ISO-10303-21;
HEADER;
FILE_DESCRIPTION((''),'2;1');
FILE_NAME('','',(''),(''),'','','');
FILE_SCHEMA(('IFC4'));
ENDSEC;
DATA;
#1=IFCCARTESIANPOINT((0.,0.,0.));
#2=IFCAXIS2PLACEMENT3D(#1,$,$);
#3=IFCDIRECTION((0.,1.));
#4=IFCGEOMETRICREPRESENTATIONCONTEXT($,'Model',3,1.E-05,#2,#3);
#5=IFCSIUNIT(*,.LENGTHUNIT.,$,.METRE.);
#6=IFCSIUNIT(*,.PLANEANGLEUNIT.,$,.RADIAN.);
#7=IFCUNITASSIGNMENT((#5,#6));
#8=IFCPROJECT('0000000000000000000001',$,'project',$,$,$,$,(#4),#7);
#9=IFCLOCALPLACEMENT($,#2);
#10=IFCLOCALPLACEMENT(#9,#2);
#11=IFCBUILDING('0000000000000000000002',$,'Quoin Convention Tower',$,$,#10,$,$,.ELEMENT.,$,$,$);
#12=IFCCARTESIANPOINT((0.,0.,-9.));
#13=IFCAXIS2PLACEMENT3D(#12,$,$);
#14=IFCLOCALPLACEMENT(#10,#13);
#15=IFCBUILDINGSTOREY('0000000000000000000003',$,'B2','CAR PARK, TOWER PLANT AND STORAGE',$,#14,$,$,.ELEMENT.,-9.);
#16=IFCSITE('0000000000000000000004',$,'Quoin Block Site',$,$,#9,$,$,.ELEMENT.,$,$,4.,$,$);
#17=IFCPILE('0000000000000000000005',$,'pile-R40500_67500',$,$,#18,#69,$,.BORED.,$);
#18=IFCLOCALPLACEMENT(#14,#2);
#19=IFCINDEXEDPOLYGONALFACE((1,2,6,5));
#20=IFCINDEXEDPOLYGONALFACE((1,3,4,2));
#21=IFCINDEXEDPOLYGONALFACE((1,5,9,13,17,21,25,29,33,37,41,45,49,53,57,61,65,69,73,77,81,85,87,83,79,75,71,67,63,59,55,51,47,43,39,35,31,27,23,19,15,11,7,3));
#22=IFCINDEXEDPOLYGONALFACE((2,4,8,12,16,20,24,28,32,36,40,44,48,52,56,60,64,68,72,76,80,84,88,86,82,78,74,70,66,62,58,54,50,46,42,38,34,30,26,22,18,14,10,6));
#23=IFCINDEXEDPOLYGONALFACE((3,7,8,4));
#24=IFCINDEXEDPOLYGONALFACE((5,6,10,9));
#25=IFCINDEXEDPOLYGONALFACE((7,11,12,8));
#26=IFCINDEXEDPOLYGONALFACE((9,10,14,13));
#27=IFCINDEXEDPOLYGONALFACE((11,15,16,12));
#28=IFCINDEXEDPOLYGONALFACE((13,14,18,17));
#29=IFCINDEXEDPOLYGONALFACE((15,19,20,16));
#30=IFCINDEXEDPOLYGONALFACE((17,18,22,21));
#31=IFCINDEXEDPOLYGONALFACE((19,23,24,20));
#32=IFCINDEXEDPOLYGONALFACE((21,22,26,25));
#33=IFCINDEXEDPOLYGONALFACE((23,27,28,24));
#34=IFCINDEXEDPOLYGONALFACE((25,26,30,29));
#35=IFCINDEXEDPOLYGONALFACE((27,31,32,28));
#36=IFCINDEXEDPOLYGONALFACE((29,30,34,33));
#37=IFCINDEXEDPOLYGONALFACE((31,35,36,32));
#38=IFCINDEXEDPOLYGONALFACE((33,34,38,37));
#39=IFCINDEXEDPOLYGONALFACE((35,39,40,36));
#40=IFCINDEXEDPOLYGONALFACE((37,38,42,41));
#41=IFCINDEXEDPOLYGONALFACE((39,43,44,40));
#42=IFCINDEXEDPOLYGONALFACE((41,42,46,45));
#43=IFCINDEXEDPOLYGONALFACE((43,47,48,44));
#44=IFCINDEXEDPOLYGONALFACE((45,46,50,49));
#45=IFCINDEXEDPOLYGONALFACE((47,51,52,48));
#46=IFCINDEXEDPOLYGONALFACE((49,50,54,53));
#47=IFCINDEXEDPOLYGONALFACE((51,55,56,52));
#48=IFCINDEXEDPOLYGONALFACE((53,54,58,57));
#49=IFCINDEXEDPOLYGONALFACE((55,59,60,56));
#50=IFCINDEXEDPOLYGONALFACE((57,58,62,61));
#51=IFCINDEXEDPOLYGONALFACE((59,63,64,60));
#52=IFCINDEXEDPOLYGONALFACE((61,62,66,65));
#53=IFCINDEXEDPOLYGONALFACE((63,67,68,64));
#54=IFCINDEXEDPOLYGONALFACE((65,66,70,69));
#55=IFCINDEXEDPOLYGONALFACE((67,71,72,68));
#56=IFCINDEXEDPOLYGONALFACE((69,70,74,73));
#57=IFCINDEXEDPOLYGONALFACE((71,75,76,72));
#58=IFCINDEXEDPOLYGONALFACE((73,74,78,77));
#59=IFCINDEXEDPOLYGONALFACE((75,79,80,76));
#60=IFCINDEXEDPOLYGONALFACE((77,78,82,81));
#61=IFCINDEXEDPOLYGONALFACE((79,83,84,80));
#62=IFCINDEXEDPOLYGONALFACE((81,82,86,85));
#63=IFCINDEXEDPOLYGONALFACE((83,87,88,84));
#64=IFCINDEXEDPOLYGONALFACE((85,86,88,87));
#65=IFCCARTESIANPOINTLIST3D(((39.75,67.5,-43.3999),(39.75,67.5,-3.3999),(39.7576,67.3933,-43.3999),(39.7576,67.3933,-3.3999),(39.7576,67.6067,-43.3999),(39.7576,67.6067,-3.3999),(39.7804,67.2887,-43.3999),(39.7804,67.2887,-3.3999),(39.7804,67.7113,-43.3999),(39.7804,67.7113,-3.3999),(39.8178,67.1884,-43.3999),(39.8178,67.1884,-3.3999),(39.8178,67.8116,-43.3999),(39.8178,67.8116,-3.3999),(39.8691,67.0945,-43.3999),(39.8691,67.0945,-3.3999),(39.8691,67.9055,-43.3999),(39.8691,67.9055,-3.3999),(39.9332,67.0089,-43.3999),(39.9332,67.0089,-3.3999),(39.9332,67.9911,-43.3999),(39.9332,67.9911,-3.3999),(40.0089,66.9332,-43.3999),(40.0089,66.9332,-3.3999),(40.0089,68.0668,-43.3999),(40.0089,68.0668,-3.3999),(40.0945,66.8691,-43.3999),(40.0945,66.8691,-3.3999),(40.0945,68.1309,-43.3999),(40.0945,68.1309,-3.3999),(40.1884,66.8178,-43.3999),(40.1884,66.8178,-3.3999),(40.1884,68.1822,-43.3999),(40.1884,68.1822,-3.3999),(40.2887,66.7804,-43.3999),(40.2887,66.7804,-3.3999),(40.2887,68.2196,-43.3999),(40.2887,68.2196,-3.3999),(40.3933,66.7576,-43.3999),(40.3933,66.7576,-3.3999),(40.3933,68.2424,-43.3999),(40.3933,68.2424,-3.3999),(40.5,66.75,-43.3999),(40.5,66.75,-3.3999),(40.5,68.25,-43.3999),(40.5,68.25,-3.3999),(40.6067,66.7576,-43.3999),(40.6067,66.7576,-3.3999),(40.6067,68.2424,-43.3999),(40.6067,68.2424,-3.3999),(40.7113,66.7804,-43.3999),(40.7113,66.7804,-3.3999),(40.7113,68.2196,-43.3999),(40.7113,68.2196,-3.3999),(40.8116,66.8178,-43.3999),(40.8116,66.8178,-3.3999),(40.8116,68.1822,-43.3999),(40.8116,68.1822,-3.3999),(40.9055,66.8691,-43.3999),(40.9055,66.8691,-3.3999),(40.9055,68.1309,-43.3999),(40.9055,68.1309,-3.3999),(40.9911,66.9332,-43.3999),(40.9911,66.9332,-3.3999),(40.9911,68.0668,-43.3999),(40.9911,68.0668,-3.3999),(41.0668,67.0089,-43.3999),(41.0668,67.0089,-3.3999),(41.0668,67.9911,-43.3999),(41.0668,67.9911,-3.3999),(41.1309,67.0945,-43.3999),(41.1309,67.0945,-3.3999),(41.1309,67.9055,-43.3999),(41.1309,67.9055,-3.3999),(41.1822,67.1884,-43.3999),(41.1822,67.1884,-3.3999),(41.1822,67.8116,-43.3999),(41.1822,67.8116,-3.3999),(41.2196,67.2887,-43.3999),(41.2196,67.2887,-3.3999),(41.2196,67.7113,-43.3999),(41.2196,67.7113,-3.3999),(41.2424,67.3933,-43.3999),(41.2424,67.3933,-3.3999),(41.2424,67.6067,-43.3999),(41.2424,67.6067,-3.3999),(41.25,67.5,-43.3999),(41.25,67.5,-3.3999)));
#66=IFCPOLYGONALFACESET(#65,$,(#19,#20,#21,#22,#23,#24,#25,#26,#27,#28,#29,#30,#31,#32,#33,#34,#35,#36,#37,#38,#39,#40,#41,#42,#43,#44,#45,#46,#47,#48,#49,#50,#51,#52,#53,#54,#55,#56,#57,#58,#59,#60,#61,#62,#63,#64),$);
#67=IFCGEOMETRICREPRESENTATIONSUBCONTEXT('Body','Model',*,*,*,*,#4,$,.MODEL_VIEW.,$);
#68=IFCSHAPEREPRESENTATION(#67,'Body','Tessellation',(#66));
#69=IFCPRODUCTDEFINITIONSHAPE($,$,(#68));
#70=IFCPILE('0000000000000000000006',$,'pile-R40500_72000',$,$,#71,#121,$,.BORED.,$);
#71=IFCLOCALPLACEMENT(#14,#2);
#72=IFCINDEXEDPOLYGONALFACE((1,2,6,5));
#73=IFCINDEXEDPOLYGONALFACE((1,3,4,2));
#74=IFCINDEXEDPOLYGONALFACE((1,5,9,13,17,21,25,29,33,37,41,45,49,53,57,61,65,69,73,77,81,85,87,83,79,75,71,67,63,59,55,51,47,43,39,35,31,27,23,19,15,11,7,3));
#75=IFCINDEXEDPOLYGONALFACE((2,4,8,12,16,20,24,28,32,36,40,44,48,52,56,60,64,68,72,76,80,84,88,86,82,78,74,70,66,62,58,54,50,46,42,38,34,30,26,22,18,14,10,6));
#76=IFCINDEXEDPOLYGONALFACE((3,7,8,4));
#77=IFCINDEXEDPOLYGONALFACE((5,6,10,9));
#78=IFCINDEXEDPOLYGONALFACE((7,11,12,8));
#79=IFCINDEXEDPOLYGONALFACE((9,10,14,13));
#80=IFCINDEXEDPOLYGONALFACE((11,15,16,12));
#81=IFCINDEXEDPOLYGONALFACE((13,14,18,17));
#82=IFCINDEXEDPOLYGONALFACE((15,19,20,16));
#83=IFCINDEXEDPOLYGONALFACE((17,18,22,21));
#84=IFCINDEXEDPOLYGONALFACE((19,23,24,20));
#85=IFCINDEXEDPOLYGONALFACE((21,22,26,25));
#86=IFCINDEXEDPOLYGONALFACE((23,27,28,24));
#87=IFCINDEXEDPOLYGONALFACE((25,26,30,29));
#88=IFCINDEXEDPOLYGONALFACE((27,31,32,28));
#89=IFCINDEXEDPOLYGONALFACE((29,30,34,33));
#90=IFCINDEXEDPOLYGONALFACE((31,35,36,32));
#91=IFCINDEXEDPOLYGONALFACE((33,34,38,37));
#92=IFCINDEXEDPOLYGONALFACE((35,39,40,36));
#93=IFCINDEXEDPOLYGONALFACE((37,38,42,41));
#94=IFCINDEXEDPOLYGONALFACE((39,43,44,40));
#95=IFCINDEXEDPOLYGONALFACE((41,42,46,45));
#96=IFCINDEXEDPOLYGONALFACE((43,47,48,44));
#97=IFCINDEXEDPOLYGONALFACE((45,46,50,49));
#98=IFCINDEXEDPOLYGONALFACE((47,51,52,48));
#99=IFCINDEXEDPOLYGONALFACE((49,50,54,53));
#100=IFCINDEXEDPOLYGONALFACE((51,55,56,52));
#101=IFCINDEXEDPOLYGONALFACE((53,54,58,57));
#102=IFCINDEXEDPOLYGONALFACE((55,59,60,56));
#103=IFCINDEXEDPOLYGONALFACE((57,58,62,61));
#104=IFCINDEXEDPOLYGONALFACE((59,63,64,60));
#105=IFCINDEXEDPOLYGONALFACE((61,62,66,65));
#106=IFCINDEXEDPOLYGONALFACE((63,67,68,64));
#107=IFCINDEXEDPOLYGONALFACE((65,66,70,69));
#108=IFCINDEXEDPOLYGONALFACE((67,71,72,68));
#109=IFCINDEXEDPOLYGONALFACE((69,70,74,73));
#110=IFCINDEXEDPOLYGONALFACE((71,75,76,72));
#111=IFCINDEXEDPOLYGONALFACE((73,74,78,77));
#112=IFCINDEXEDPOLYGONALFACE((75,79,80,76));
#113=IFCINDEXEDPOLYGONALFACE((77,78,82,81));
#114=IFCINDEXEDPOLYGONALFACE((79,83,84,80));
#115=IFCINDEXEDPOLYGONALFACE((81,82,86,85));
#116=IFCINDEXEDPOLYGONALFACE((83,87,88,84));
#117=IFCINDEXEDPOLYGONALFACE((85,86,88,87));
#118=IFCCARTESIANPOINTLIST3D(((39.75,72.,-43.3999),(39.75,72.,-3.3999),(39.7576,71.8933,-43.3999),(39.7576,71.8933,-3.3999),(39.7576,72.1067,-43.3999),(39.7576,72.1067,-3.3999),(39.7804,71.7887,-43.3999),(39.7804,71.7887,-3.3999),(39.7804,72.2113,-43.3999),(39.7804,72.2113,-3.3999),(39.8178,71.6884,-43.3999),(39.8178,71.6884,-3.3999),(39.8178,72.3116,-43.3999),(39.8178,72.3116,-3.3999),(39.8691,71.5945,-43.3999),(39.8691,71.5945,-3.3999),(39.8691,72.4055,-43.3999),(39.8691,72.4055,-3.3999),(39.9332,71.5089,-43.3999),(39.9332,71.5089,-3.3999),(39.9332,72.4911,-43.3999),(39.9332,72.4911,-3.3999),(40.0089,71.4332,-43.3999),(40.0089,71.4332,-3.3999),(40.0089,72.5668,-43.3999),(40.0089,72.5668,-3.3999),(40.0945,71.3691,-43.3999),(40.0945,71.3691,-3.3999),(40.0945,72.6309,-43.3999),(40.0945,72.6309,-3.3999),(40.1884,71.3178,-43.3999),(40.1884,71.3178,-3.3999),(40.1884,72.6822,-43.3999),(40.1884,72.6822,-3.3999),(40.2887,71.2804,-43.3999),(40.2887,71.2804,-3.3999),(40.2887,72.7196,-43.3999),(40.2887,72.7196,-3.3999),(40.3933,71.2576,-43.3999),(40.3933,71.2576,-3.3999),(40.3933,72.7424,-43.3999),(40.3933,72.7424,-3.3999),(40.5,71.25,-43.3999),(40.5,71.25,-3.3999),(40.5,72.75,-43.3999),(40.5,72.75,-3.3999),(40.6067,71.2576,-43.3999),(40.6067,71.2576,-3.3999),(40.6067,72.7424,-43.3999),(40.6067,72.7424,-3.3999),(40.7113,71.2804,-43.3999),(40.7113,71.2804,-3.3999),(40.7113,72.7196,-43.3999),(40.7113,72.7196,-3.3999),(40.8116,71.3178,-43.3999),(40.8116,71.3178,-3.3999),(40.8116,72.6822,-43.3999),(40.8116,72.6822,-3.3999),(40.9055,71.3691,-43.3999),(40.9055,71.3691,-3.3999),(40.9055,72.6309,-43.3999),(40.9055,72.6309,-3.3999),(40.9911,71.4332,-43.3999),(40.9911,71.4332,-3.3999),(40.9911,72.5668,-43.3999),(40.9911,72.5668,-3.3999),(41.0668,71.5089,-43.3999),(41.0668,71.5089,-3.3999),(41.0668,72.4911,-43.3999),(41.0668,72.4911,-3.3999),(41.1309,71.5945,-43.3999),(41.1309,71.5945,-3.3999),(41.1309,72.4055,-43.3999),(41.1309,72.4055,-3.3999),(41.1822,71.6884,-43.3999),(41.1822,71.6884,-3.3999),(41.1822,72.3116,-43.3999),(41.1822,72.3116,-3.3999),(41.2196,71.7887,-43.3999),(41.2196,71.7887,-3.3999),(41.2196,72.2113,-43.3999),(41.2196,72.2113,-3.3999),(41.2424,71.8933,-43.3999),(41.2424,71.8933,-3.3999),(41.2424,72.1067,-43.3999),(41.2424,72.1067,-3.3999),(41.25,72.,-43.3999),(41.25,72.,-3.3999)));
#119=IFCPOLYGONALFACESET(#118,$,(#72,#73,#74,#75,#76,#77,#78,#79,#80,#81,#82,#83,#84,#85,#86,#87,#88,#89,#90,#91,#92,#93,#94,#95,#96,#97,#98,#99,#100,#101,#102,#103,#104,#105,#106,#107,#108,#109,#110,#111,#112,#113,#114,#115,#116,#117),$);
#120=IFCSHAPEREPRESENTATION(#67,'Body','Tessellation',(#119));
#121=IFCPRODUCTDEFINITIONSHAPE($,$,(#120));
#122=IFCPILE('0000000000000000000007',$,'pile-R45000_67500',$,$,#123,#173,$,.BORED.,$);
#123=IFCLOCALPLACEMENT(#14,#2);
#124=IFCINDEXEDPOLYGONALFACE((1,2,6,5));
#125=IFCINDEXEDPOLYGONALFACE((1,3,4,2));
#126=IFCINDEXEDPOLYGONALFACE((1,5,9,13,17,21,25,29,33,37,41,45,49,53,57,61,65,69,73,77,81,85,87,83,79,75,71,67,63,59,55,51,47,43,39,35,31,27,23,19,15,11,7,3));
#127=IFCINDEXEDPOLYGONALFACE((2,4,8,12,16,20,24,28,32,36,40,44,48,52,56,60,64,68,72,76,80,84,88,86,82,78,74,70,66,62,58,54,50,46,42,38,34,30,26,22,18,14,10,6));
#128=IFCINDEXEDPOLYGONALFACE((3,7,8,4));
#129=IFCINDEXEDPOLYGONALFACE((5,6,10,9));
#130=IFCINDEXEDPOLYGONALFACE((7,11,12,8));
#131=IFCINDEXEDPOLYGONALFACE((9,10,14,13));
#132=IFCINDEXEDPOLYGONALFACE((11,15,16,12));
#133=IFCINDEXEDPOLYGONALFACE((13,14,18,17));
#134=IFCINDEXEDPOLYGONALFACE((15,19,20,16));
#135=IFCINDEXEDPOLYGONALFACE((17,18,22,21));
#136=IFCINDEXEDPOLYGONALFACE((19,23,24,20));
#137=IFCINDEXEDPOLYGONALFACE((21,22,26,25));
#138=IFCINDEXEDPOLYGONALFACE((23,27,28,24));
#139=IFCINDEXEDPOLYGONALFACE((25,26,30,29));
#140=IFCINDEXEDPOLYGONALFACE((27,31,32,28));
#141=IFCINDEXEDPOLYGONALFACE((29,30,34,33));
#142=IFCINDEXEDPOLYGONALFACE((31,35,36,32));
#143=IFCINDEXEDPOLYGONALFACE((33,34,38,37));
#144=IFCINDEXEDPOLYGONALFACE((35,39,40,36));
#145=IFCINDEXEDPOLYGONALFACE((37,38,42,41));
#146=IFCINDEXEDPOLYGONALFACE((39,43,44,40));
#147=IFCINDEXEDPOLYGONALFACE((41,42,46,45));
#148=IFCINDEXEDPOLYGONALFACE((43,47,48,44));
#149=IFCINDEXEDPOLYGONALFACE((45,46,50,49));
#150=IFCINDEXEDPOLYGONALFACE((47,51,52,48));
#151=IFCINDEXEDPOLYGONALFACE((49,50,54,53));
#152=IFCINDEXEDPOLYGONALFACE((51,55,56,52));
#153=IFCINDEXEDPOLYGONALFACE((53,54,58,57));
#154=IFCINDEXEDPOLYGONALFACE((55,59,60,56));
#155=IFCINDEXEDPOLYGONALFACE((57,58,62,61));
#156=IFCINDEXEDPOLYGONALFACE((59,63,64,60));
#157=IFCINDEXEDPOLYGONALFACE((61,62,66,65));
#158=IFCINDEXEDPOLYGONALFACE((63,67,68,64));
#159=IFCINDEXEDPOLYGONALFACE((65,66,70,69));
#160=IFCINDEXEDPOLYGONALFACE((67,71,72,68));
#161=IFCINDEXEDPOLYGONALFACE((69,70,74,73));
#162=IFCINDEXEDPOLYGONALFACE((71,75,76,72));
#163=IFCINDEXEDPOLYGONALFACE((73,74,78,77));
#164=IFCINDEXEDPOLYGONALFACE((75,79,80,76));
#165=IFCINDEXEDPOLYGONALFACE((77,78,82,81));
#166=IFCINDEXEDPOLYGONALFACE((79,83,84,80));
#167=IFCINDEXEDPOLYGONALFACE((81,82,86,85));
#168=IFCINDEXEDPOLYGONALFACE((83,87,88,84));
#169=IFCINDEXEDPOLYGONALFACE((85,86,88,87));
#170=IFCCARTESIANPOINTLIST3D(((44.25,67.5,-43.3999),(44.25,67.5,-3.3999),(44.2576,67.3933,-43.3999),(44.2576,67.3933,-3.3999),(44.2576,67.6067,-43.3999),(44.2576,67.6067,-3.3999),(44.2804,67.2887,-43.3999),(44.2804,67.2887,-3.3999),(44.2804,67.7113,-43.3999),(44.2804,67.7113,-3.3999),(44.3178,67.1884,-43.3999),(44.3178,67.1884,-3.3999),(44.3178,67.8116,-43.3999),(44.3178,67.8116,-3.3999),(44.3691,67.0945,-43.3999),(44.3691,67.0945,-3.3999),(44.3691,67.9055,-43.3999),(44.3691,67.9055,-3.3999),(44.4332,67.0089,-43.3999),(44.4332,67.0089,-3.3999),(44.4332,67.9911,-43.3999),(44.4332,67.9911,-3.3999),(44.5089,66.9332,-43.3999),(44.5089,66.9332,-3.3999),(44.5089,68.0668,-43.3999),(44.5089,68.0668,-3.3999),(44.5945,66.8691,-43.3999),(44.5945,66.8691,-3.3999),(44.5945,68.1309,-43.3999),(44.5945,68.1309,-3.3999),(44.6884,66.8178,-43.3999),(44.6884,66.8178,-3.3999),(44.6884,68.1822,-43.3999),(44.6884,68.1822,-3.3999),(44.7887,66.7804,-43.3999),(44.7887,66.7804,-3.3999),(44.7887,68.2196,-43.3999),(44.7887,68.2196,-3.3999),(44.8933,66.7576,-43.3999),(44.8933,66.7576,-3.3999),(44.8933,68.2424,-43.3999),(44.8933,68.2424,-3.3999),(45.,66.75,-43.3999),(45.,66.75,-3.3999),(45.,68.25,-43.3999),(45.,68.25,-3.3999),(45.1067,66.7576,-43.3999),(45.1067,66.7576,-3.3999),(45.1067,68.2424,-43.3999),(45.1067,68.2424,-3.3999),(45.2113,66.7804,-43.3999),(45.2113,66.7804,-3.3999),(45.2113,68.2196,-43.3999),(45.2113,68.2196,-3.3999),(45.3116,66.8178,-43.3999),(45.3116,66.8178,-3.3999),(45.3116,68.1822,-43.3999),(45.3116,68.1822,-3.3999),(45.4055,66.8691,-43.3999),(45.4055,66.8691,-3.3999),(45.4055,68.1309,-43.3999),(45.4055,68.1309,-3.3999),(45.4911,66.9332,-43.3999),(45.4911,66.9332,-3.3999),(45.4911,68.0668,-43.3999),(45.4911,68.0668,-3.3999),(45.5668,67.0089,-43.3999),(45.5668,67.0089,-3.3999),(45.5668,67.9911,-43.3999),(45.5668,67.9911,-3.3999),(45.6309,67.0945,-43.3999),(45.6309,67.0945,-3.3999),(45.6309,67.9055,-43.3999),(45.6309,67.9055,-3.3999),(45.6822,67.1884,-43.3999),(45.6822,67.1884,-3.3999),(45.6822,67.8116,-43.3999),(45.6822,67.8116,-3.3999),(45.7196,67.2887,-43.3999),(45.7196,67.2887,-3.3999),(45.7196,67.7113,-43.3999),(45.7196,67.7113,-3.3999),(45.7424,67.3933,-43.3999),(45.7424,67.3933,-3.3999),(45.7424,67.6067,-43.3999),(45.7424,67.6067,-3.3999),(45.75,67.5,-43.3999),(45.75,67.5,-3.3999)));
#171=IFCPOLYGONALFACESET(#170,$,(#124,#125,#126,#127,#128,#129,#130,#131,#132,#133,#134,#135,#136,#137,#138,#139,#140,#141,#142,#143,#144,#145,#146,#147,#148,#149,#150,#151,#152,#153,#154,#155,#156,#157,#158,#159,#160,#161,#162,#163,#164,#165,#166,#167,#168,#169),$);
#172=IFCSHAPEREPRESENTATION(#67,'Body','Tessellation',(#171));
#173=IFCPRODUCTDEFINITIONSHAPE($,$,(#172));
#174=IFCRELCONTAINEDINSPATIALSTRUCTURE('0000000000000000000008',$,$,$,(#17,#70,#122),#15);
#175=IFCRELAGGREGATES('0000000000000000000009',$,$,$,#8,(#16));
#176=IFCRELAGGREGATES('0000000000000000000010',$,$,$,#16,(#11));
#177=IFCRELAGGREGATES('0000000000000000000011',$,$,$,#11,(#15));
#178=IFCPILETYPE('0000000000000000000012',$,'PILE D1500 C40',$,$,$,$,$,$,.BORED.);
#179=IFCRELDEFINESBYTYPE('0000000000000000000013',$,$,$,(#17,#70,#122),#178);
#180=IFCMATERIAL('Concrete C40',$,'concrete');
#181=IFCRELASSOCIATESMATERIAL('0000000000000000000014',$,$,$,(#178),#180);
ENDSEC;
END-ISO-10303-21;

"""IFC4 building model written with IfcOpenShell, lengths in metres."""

from ifc_helpers import new_model, si_unit, direction, frame, origin, origin_2d, place, context, subcontext, project, spatial, circle, extrude, material, material_profile, profile_set, type_object, element, save


model = new_model("IFC4")

# Units and contexts
model_context = context("Model", 3, precision=1e-05, world=origin(), true_north=direction((0.0, 1.0)))
body_context = subcontext(model_context, "Body", "Model", "MODEL_VIEW")
ifc_project = project(units=[si_unit("LENGTHUNIT", "METRE"), si_unit("PLANEANGLEUNIT", "RADIAN")], contexts=[model_context])

# Site, building, storey
site_placement = place(None, origin())
site = spatial("IfcSite", under=ifc_project, at=site_placement, Name="Quoin Block Site", CompositionType="ELEMENT", RefElevation=4.0)
building_placement = place(site_placement, origin())
building = spatial("IfcBuilding", under=site, at=building_placement, Name="Quoin Convention Tower", CompositionType="ELEMENT")
storey_placement = place(building_placement, frame((0.0, 0.0, -9.0)))
storey = spatial("IfcBuildingStorey", under=building, at=storey_placement, Name="B2", Description="CAR PARK, TOWER PLANT AND STORAGE", CompositionType="ELEMENT", Elevation=-9.0)

# Piles
ifc_material_1 = material(Name="Concrete C40", Category="concrete")
ifc_material_profile = material_profile(ifc_material_1, circle(Radius=0.75, at=origin_2d()), Name="D1500")
ifc_profile_set = profile_set([ifc_material_profile], Name="Concrete C40")
pile_type = type_object("IfcPileType", Name="PILE D1500 C40", PredefinedType="BORED", material=ifc_profile_set)
for number, where, z_axis, x_axis, name in (
    (1, (40.5, 67.5, -3.3999), (0.0, 0.0, -1.0), (1.0, 0.0, 0.0), "pile-R40500_67500"),
    (2, (40.5, 72.0, -3.3999), (0.0, 0.0, -1.0), (1.0, 0.0, 0.0), "pile-R40500_72000"),
    (3, (45.0, 67.5, -3.3999), (0.0, 0.0, -1.0), (1.0, 0.0, 0.0), "pile-R45000_67500"),
):
    element("IfcPile", number, at=place(storey_placement, frame(where, z_axis=z_axis, x_axis=x_axis)), inside=storey, type_object=pile_type, Name=name, PredefinedType="BORED", context=body_context, shape_type="SweptSolid", body=[
        extrude(circle(Radius=0.75, at=origin_2d()), origin(), (0.0, 0.0, 1.0), 40.0),
    ])

save(model, "model.ifc")
